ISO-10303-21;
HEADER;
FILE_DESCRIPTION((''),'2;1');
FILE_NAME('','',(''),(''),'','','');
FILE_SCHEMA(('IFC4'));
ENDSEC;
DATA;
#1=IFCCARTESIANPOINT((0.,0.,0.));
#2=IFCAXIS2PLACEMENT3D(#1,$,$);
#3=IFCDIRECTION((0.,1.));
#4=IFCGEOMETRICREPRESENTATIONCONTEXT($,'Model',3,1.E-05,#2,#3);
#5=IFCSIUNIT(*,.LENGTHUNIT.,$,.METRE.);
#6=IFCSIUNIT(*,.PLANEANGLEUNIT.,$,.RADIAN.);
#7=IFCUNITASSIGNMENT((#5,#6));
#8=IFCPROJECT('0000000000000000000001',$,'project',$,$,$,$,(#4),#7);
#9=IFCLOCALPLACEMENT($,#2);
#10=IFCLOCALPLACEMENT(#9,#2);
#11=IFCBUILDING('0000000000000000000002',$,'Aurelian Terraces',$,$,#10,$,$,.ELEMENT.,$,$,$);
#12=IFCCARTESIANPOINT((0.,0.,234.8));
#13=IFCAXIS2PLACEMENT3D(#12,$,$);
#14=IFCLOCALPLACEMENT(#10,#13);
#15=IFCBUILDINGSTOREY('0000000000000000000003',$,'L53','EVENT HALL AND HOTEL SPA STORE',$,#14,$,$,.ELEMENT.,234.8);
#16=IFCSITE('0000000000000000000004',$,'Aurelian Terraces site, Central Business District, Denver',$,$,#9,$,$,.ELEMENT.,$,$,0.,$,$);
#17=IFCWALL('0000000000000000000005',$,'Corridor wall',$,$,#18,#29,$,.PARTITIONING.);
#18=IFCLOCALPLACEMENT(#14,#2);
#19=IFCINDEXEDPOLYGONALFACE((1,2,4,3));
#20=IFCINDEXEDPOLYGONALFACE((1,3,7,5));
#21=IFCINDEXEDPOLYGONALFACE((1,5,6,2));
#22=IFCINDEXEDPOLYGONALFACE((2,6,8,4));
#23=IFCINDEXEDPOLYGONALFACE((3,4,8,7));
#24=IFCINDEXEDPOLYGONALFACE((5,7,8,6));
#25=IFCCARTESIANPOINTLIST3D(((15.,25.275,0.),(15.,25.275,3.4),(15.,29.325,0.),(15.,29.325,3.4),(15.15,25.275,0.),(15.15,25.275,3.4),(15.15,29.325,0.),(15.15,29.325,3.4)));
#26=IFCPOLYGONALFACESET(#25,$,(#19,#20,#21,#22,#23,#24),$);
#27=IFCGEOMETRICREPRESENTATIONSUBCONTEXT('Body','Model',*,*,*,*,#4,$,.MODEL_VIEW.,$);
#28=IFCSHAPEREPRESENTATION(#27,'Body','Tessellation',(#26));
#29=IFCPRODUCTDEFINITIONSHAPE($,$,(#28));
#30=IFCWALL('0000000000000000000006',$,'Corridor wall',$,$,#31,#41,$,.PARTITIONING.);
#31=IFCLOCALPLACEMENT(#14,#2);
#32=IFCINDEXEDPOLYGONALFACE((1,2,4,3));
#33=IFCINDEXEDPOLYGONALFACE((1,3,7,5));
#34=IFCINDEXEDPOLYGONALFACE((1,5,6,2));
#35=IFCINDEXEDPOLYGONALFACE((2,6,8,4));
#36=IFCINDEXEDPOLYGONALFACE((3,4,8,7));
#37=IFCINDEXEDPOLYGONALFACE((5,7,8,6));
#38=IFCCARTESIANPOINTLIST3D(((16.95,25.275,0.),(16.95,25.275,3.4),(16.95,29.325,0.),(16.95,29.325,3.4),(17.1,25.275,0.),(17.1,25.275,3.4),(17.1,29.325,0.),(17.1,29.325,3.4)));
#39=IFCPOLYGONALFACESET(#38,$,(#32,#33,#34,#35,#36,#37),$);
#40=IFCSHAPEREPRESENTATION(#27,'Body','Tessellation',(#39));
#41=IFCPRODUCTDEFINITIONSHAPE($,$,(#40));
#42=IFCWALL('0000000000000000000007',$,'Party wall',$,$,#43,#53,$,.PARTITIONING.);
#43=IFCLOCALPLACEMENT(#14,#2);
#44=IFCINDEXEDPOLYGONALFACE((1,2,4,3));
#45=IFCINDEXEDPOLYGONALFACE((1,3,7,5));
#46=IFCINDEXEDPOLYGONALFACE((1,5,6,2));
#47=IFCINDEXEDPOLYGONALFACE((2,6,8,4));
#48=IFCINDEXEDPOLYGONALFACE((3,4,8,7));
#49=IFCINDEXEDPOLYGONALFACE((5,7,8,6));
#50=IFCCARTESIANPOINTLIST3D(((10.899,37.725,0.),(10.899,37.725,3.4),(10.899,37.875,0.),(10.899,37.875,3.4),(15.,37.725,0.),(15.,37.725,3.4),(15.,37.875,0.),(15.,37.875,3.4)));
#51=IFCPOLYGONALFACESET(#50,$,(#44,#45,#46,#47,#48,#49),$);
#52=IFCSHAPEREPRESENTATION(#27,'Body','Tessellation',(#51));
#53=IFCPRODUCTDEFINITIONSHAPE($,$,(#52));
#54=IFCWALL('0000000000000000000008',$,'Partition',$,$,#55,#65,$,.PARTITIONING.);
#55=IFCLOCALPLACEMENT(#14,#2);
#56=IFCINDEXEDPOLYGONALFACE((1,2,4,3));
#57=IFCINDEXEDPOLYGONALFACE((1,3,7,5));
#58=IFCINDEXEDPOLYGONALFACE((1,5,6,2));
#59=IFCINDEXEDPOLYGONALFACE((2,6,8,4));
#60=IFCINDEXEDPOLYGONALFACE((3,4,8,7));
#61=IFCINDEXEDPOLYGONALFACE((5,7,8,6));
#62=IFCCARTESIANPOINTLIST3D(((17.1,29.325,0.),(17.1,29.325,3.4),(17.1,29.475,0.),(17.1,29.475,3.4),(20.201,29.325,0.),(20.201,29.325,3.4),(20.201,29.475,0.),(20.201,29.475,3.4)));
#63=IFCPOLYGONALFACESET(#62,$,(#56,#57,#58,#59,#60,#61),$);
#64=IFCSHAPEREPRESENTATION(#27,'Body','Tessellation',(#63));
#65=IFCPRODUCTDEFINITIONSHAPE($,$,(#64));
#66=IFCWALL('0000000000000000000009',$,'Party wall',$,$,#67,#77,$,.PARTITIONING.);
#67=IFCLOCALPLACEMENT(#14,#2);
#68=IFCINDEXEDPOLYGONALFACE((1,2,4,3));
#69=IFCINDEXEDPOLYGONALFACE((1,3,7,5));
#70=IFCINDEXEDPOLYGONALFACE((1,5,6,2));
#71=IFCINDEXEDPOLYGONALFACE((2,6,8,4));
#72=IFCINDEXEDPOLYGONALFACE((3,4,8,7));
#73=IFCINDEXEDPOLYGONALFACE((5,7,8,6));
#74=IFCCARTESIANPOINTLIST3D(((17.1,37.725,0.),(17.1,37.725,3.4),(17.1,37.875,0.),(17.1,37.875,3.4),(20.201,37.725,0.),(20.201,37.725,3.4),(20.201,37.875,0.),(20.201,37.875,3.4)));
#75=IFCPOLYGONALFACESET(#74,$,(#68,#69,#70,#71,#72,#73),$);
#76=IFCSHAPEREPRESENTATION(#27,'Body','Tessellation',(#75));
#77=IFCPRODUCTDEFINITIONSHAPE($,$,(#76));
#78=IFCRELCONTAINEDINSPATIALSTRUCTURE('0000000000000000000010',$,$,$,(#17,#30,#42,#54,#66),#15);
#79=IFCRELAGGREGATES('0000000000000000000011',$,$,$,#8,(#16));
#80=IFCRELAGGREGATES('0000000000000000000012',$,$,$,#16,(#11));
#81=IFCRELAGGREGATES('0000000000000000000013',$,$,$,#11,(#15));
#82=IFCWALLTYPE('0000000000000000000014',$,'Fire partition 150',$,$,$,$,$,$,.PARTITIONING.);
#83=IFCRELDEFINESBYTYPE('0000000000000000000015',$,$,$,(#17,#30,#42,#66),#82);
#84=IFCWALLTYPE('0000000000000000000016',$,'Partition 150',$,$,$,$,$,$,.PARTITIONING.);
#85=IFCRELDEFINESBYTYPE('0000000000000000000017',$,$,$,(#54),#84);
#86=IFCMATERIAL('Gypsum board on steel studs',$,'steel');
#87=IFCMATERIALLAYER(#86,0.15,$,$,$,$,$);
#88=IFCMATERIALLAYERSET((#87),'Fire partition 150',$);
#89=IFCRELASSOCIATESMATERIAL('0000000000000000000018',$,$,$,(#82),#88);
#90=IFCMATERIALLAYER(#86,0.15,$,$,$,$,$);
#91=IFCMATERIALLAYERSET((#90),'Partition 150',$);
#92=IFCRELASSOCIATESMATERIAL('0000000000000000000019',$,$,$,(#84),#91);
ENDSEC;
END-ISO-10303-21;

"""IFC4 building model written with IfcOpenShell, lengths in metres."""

from ifc_helpers import new_model, si_unit, direction, frame, frame_2d, origin, place, context, subcontext, project, spatial, rectangle, extrude, source, transform, mapped, material, layer, layer_set, type_object, element, save


model = new_model("IFC4")

# Units and contexts
model_context = context("Model", 3, precision=1e-05, world=origin(), true_north=direction((0.0, 1.0)))
body_context = subcontext(model_context, "Body", "Model", "MODEL_VIEW")
ifc_project = project(units=[si_unit("LENGTHUNIT", "METRE"), si_unit("PLANEANGLEUNIT", "RADIAN")], contexts=[model_context])

# Site, building, storey
site_placement = place(None, origin())
site = spatial("IfcSite", under=ifc_project, at=site_placement, Name="Aurelian Terraces site, Central Business District, Denver", CompositionType="ELEMENT", RefElevation=0.0)
building_placement = place(site_placement, origin())
building = spatial("IfcBuilding", under=site, at=building_placement, Name="Aurelian Terraces", CompositionType="ELEMENT")
storey_placement = place(building_placement, frame((0.0, 0.0, 234.8)))
storey = spatial("IfcBuildingStorey", under=building, at=storey_placement, Name="L53", Description="EVENT HALL AND HOTEL SPA STORE", CompositionType="ELEMENT", Elevation=234.8)

# Shared definitions
ifc_material_1 = material(Name="Gypsum board on steel studs", Category="steel")
ifc_layer_1 = layer(ifc_material_1, 0.15)
ifc_layer_set_1 = layer_set([ifc_layer_1], Name="Fire partition 150")
wall_type_1 = type_object("IfcWallType", Name="Fire partition 150", PredefinedType="PARTITIONING", material=ifc_layer_set_1)
ifc_layer_2 = layer(ifc_material_1, 0.15)
ifc_layer_set_2 = layer_set([ifc_layer_2], Name="Partition 150")
wall_type_2 = type_object("IfcWallType", Name="Partition 150", PredefinedType="PARTITIONING", material=ifc_layer_set_2)

# Walls
shared_shape_1 = source(origin(), body_context, "Body", "SweptSolid", [
    extrude(rectangle(XDim=4.05, YDim=0.15, at=frame_2d((2.025, 0.0))), origin(), (0.0, 0.0, 1.0), 3.4),
])
for number, where, z_axis, x_axis, name in (
    (1, (15.075, 25.275, 0.0), (0.0, 0.0, 1.0), (0.0, 1.0, 0.0), "Corridor wall"),
    (2, (17.025, 29.325, 0.0), (0.0, 0.0, 1.0), (0.0, -1.0, 0.0), "Corridor wall"),
):
    element("IfcWall", number, at=place(storey_placement, frame(where, z_axis=z_axis, x_axis=x_axis)), inside=storey, type_object=wall_type_1, Name=name, PredefinedType="PARTITIONING", context=body_context, shape_type="MappedRepresentation", body=[
        mapped(shared_shape_1, transform((0.0, 0.0, 0.0), scale=1.0)),
    ])
shared_shape_2 = source(origin(), body_context, "Body", "SweptSolid", [
    extrude(rectangle(XDim=4.101, YDim=0.15, at=frame_2d((2.0505, 0.0))), origin(), (0.0, 0.0, 1.0), 3.4),
])
wall_1_placement = place(storey_placement, frame((15.0, 37.8, 0.0), z_axis=(0.0, 0.0, 1.0), x_axis=(-1.0, 0.0, 0.0)))
element("IfcWall", 3, at=wall_1_placement, inside=storey, type_object=wall_type_1, Name="Party wall", PredefinedType="PARTITIONING", context=body_context, shape_type="MappedRepresentation", body=[
    mapped(shared_shape_2, transform((0.0, 0.0, 0.0), scale=1.0)),
])
shared_shape_3 = source(origin(), body_context, "Body", "SweptSolid", [
    extrude(rectangle(XDim=3.101, YDim=0.15, at=frame_2d((1.5505, 0.0))), origin(), (0.0, 0.0, 1.0), 3.4),
])
wall_2_placement = place(storey_placement, frame((20.201, 29.4, 0.0), z_axis=(0.0, 0.0, 1.0), x_axis=(-1.0, 0.0, 0.0)))
element("IfcWall", 4, at=wall_2_placement, inside=storey, type_object=wall_type_2, Name="Partition", PredefinedType="PARTITIONING", context=body_context, shape_type="MappedRepresentation", body=[
    mapped(shared_shape_3, transform((0.0, 0.0, 0.0), scale=1.0)),
])
wall_3_placement = place(storey_placement, frame((20.201, 37.8, 0.0), z_axis=(0.0, 0.0, 1.0), x_axis=(-1.0, 0.0, 0.0)))
element("IfcWall", 5, at=wall_3_placement, inside=storey, type_object=wall_type_1, Name="Party wall", PredefinedType="PARTITIONING", context=body_context, shape_type="MappedRepresentation", body=[
    mapped(shared_shape_3, transform((0.0, 0.0, 0.0), scale=1.0)),
])

save(model, "model.ifc")
